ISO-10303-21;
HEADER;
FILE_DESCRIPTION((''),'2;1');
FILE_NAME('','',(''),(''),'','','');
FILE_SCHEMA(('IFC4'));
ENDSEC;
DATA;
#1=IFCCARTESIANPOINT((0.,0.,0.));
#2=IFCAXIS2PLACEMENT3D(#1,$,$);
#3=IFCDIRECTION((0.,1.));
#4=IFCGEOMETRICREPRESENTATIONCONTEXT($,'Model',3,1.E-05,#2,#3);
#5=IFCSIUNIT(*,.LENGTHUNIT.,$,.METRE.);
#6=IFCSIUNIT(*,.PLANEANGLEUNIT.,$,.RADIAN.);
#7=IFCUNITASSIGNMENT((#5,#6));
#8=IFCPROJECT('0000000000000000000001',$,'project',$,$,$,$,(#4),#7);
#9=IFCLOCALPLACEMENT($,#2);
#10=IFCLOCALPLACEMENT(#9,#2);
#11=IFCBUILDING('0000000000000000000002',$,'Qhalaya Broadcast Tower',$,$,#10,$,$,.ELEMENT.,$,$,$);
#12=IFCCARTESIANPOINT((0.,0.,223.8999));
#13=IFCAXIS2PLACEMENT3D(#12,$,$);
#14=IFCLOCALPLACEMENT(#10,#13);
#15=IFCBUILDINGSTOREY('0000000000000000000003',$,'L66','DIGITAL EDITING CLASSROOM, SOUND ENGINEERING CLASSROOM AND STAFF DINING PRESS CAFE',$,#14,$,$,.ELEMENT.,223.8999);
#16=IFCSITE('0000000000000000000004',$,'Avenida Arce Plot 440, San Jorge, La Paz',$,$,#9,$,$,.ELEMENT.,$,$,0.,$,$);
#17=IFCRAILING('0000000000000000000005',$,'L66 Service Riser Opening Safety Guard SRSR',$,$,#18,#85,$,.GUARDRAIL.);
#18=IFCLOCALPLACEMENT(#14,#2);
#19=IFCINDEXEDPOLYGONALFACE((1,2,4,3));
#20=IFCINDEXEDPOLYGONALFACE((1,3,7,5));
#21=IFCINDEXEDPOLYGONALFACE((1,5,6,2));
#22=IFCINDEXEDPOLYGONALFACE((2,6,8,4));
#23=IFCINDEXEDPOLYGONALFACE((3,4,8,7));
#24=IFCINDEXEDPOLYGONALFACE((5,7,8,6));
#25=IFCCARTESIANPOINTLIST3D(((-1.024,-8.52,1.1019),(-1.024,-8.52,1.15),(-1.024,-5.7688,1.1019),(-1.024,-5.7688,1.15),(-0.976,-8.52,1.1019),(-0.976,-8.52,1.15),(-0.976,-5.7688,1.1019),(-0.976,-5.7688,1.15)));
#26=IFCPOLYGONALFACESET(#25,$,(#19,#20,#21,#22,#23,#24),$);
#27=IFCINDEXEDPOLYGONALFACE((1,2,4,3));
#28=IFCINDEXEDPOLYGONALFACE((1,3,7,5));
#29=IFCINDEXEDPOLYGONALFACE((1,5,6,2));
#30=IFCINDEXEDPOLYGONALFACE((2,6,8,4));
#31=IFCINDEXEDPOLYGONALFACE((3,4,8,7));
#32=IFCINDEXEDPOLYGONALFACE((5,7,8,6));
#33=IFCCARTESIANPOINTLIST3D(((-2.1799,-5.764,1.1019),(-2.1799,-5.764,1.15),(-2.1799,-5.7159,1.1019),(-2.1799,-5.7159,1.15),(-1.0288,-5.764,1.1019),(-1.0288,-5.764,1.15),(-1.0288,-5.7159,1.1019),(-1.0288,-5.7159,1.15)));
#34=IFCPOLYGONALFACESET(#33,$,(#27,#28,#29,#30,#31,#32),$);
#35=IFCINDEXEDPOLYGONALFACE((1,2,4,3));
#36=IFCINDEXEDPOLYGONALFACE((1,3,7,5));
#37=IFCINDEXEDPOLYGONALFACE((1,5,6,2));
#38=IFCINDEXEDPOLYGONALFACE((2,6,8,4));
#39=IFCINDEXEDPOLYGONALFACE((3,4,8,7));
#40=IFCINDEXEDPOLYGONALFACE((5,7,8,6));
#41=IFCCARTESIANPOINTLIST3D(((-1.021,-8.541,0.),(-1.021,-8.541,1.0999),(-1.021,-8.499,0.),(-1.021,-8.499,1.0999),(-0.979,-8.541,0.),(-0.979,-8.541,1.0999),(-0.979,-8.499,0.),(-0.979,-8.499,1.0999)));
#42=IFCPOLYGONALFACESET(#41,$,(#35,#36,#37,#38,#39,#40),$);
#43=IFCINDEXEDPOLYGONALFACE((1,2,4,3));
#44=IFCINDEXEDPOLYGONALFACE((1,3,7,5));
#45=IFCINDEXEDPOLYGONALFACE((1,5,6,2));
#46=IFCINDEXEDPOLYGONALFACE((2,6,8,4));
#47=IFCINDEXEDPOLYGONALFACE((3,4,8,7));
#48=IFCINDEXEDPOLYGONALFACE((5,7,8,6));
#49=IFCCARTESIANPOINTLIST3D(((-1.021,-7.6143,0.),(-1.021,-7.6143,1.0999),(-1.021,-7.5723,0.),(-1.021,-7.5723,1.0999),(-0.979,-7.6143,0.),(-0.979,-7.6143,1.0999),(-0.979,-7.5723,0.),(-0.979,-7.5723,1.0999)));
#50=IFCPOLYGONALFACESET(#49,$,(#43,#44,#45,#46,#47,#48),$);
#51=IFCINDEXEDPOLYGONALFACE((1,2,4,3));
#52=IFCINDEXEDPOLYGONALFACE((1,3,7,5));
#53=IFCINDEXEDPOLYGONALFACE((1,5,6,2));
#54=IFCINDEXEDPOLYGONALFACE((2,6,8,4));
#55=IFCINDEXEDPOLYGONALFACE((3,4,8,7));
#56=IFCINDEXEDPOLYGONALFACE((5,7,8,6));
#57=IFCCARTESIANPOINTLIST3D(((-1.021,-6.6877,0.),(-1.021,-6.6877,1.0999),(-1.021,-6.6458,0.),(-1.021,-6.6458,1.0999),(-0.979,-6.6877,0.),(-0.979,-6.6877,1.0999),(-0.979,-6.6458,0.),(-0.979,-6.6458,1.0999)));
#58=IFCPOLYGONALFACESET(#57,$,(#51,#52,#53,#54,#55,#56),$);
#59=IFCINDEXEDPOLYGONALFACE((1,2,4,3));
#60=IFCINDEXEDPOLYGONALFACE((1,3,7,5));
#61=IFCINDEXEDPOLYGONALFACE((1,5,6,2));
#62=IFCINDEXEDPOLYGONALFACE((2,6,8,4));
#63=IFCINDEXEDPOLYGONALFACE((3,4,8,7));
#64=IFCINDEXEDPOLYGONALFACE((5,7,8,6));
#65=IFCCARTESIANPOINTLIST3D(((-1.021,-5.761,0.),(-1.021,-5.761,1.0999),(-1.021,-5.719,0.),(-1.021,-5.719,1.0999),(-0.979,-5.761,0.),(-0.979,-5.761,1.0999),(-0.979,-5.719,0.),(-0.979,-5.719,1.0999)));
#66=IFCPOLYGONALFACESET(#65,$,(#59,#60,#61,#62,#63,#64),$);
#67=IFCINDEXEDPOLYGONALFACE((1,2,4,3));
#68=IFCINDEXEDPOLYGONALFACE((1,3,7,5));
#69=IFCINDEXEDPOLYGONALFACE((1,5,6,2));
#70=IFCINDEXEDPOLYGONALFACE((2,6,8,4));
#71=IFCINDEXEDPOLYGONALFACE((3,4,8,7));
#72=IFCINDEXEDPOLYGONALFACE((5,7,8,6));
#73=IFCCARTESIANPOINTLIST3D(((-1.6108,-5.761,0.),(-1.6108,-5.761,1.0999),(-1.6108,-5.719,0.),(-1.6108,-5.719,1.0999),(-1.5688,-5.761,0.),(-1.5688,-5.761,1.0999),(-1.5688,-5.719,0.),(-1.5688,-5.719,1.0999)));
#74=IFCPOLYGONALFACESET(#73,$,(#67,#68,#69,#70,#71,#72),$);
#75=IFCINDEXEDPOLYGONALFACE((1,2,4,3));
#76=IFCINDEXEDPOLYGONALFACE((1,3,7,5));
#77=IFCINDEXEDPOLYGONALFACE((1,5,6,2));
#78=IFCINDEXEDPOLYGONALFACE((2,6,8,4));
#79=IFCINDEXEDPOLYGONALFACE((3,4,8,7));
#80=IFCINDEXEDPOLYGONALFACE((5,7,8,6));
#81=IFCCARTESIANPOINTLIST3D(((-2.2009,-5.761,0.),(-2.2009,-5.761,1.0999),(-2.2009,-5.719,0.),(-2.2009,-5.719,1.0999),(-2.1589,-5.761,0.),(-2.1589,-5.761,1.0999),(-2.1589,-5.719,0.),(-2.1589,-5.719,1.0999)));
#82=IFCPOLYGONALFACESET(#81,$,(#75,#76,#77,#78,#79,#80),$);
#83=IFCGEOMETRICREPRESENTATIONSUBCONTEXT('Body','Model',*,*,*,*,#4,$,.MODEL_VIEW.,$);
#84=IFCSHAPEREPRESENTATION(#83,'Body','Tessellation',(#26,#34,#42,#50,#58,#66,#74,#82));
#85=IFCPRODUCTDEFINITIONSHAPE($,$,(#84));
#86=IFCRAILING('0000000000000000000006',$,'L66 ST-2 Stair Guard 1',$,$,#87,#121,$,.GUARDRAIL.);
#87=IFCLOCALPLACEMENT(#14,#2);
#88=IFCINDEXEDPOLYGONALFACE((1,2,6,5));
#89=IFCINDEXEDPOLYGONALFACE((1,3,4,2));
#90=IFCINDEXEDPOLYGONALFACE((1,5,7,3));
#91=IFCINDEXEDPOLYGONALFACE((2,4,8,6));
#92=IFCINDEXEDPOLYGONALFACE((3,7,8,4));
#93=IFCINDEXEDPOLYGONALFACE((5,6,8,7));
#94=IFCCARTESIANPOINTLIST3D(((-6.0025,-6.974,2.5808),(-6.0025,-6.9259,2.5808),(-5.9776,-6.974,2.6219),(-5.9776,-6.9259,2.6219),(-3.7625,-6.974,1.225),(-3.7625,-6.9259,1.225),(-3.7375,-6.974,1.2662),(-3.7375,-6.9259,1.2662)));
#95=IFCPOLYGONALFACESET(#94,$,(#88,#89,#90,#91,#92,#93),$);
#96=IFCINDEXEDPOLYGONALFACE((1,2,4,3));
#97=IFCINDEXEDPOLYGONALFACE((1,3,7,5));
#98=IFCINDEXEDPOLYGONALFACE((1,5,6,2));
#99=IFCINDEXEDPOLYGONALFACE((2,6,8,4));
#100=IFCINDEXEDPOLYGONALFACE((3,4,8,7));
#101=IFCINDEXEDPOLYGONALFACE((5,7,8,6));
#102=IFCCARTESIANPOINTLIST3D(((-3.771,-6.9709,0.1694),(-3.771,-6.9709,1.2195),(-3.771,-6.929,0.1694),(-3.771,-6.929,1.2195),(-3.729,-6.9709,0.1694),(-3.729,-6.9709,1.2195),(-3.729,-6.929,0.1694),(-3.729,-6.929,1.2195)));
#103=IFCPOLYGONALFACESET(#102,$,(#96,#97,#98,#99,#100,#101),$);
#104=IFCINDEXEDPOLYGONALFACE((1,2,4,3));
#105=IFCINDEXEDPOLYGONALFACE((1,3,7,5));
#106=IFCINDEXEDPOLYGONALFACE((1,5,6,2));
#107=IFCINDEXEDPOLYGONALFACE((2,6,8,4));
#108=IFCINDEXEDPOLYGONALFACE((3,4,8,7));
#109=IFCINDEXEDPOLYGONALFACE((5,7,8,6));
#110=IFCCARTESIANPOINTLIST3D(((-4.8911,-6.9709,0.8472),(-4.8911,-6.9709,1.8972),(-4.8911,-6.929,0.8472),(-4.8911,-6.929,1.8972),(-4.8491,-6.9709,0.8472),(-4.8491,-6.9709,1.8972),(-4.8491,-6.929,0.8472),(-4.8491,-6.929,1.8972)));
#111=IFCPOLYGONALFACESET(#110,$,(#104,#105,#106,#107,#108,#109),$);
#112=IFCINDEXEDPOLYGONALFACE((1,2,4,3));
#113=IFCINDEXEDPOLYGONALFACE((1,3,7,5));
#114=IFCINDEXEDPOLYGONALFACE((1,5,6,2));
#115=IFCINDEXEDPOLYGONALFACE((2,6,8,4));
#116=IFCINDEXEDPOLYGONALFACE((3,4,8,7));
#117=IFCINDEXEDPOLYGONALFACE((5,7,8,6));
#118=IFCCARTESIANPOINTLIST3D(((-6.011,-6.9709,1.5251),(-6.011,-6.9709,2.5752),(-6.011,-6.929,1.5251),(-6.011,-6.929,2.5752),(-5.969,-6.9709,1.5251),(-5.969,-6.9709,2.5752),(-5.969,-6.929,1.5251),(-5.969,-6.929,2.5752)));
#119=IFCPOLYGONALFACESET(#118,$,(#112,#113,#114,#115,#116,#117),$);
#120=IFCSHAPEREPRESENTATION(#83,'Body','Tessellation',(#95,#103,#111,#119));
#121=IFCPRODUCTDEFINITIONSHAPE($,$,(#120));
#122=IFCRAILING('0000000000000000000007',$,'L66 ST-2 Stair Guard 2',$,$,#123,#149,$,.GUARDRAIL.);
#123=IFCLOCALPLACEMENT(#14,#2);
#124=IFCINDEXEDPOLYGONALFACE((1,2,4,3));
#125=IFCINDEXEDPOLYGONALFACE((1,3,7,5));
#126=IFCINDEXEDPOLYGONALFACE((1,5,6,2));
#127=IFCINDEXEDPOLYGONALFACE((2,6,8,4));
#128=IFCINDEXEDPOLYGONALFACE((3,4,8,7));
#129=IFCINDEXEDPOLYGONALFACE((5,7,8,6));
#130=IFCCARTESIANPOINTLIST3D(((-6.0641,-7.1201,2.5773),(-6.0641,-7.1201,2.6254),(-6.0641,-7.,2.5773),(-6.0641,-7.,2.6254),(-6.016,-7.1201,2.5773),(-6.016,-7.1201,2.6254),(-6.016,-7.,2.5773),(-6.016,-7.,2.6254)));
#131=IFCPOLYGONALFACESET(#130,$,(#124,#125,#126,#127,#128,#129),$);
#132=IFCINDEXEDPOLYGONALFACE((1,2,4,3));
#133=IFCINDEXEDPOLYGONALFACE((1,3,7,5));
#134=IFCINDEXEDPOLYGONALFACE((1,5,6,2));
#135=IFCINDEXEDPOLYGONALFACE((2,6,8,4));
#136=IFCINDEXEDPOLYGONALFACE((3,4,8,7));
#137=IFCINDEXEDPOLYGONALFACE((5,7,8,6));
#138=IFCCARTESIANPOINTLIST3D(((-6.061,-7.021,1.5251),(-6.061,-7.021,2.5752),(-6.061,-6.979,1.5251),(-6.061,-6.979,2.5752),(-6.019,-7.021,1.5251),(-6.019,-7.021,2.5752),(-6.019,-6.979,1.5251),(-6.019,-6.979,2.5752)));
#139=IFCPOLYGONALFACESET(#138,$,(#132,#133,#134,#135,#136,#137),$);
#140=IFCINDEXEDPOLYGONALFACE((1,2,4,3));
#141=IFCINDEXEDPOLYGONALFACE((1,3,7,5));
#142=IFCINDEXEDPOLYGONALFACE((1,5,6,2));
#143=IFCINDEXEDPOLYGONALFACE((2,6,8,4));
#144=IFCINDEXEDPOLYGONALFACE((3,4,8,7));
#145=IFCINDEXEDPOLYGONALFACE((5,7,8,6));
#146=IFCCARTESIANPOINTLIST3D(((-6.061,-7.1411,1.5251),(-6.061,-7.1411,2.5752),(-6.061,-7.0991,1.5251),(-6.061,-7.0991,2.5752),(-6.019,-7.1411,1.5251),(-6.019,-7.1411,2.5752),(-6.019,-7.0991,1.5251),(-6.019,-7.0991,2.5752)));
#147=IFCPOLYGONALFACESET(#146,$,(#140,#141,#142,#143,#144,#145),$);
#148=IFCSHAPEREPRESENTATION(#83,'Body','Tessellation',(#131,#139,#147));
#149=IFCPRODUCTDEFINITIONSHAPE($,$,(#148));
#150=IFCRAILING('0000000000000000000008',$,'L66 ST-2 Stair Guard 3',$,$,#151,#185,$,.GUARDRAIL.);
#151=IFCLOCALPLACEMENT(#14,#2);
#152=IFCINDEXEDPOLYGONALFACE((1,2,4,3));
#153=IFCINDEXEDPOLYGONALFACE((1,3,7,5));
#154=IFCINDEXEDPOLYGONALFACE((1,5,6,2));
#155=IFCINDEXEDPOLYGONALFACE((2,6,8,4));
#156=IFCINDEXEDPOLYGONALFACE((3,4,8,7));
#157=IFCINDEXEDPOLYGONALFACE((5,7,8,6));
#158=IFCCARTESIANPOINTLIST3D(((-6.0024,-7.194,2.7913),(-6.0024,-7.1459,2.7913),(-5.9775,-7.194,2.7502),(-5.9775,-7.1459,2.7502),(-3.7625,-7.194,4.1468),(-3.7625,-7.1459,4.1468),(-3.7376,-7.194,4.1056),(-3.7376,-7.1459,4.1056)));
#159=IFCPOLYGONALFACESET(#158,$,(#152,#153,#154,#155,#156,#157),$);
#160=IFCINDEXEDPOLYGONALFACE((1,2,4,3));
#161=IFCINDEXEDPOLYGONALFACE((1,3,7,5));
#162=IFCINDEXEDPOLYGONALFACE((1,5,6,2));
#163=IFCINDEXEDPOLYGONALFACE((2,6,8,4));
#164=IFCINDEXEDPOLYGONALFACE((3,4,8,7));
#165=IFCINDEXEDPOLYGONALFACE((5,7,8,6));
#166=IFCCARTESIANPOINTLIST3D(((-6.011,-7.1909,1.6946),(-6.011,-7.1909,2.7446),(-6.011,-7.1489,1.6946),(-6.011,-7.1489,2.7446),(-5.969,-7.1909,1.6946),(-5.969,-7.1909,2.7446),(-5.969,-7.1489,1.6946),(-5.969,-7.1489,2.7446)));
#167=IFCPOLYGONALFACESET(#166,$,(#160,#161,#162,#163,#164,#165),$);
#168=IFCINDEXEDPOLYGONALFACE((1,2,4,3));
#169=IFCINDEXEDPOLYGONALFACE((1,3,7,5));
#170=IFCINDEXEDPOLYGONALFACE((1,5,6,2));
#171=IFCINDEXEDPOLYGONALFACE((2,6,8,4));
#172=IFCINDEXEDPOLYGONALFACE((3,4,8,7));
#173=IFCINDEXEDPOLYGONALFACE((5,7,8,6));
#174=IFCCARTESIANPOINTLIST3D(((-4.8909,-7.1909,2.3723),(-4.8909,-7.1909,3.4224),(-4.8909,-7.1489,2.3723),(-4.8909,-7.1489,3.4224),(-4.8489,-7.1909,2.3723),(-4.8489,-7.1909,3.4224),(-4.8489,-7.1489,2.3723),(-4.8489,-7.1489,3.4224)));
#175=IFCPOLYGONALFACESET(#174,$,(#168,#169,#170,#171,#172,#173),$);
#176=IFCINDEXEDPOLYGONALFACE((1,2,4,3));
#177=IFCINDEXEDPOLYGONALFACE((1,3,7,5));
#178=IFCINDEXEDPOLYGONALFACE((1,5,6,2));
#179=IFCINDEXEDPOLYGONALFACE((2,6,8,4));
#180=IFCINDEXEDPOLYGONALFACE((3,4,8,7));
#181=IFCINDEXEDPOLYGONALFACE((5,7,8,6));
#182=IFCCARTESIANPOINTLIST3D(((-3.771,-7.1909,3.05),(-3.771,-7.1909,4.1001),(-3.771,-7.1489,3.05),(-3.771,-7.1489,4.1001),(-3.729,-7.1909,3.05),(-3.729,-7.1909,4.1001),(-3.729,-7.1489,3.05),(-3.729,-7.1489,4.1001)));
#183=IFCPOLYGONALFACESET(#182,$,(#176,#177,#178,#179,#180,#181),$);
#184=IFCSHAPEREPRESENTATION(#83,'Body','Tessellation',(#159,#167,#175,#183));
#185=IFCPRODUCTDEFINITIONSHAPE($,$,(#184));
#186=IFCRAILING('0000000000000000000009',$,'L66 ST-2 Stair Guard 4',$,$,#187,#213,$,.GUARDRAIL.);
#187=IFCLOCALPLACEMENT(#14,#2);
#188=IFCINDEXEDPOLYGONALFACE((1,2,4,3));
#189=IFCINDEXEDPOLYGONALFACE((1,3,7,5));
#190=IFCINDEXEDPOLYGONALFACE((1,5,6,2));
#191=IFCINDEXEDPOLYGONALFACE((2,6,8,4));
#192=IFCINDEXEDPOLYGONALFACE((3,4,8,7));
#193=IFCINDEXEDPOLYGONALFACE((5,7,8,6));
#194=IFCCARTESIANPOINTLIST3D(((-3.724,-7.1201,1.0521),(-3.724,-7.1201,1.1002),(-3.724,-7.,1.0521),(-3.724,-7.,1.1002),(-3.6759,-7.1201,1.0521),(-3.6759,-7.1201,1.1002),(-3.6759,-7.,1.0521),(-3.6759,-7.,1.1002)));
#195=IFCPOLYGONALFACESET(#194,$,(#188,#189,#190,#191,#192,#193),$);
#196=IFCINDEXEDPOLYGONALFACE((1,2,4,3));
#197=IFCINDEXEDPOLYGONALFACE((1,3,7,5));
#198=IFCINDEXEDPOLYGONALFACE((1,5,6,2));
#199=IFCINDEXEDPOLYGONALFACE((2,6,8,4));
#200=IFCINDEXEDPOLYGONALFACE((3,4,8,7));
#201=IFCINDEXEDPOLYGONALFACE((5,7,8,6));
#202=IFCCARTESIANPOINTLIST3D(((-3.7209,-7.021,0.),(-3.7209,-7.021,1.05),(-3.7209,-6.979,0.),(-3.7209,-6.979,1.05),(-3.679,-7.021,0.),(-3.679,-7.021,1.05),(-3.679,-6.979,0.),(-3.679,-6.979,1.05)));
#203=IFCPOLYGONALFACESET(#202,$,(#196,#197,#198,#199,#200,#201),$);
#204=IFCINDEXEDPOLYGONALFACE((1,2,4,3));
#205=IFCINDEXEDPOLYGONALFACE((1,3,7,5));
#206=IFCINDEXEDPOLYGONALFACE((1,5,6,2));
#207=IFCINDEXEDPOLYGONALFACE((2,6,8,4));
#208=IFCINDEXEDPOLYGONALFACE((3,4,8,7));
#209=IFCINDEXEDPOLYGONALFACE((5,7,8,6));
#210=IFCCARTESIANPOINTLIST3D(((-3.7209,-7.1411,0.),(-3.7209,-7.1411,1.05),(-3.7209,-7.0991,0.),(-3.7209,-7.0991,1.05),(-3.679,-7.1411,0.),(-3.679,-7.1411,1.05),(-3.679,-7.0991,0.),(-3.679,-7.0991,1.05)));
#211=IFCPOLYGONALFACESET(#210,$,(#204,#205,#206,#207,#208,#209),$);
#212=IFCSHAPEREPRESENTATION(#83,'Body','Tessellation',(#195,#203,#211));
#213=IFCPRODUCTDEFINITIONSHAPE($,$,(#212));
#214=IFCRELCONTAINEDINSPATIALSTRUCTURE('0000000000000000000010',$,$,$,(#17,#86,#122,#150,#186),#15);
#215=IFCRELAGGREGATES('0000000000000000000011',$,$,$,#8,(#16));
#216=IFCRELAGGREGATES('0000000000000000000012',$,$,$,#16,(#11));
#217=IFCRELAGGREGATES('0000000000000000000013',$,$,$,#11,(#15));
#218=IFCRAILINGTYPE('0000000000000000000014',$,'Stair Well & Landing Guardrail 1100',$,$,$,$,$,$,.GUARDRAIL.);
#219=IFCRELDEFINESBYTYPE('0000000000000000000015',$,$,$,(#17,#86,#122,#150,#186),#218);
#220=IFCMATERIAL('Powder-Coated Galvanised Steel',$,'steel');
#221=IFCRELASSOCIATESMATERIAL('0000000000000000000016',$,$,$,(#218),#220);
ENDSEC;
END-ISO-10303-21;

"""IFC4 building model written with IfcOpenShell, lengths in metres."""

from ifc_helpers import new_model, si_unit, direction, frame, origin, origin_2d, place, context, subcontext, project, spatial, rectangle, extrude, material, type_object, element, save


model = new_model("IFC4")

# Units and contexts
model_context = context("Model", 3, precision=1e-05, world=origin(), true_north=direction((0.0, 1.0)))
body_context = subcontext(model_context, "Body", "Model", "MODEL_VIEW")
ifc_project = project(units=[si_unit("LENGTHUNIT", "METRE"), si_unit("PLANEANGLEUNIT", "RADIAN")], contexts=[model_context])

# Site, building, storey
site_placement = place(None, origin())
site = spatial("IfcSite", under=ifc_project, at=site_placement, Name="Avenida Arce Plot 440, San Jorge, La Paz", CompositionType="ELEMENT", RefElevation=0.0)
building_placement = place(site_placement, origin())
building = spatial("IfcBuilding", under=site, at=building_placement, Name="Qhalaya Broadcast Tower", CompositionType="ELEMENT")
storey_placement = place(building_placement, frame((0.0, 0.0, 223.8999)))
storey = spatial("IfcBuildingStorey", under=building, at=storey_placement, Name="L66", Description="DIGITAL EDITING CLASSROOM, SOUND ENGINEERING CLASSROOM AND STAFF DINING PRESS CAFE", CompositionType="ELEMENT", Elevation=223.8999)

# Railings
ifc_material_1 = material(Name="Powder-Coated Galvanised Steel", Category="steel")
railing_type_1 = type_object("IfcRailingType", Name="Stair Well & Landing Guardrail 1100", PredefinedType="GUARDRAIL", material=ifc_material_1)
railing_1_placement = place(storey_placement, frame((-1.0, -8.52, 0.0)))
element("IfcRailing", 1, at=railing_1_placement, inside=storey, type_object=railing_type_1, Name="L66 Service Riser Opening Safety Guard SRSR", PredefinedType="GUARDRAIL", context=body_context, shape_type="SweptSolid", body=[
    extrude(rectangle(XDim=0.0481, YDim=0.0481, at=origin_2d()), frame((0.0, 0.0, 1.126), z_axis=(0.0, 1.0, 0.0), x_axis=(-1.0, 0.0, 0.0)), (0.0, 0.0, 1.0), 2.7512),
    extrude(rectangle(XDim=0.0481, YDim=0.0481, at=origin_2d()), frame((-0.0288, 2.78, 1.126), z_axis=(-1.0, 0.0, 0.0), x_axis=(0.0, -1.0, 0.0)), (0.0, 0.0, 1.0), 1.1511),
    extrude(rectangle(XDim=0.042, YDim=0.042, at=origin_2d()), origin(), (0.0, 0.0, 1.0), 1.0999),
    extrude(rectangle(XDim=0.042, YDim=0.042, at=origin_2d()), frame((0.0, 0.9268, 0.0)), (0.0, 0.0, 1.0), 1.0999),
    extrude(rectangle(XDim=0.042, YDim=0.042, at=origin_2d()), frame((0.0, 1.8533, 0.0)), (0.0, 0.0, 1.0), 1.0999),
    extrude(rectangle(XDim=0.042, YDim=0.042, at=origin_2d()), frame((0.0, 2.78, 0.0)), (0.0, 0.0, 1.0), 1.0999),
    extrude(rectangle(XDim=0.042, YDim=0.042, at=origin_2d()), frame((-0.5898, 2.78, 0.0)), (0.0, 0.0, 1.0), 1.0999),
    extrude(rectangle(XDim=0.042, YDim=0.042, at=origin_2d()), frame((-1.1799, 2.78, 0.0)), (0.0, 0.0, 1.0), 1.0999),
])
railing_2_placement = place(storey_placement, frame((-3.75, -6.95, 0.1694)))
element("IfcRailing", 2, at=railing_2_placement, inside=storey, type_object=railing_type_1, Name="L66 ST-2 Stair Guard 1", PredefinedType="GUARDRAIL", context=body_context, shape_type="SweptSolid", body=[
    extrude(rectangle(XDim=0.0481, YDim=0.0481, at=origin_2d()), frame((0.0, 0.0, 1.0762), z_axis=(-0.855512, 0.0, 0.517783), x_axis=(0.0, -1.0, 0.0)), (0.0, 0.0, 1.0), 2.6184),
    extrude(rectangle(XDim=0.042, YDim=0.042, at=origin_2d()), origin(), (0.0, 0.0, 1.0), 1.05),
    extrude(rectangle(XDim=0.042, YDim=0.042, at=origin_2d()), frame((-1.1201, 0.0, 0.6777)), (0.0, 0.0, 1.0), 1.05),
    extrude(rectangle(XDim=0.042, YDim=0.042, at=origin_2d()), frame((-2.24, 0.0, 1.3557)), (0.0, 0.0, 1.0), 1.05),
])
railing_3_placement = place(storey_placement, frame((-6.04, -7.0, 1.5251)))
element("IfcRailing", 3, at=railing_3_placement, inside=storey, type_object=railing_type_1, Name="L66 ST-2 Stair Guard 2", PredefinedType="GUARDRAIL", context=body_context, shape_type="SweptSolid", body=[
    extrude(rectangle(XDim=0.0481, YDim=0.0481, at=origin_2d()), frame((0.0, 0.0, 1.0762), z_axis=(0.0, -1.0, 0.0), x_axis=(1.0, 0.0, 0.0)), (0.0, 0.0, 1.0), 0.1201),
    extrude(rectangle(XDim=0.042, YDim=0.042, at=origin_2d()), origin(), (0.0, 0.0, 1.0), 1.05),
    extrude(rectangle(XDim=0.042, YDim=0.042, at=origin_2d()), frame((0.0, -0.1201, 0.0)), (0.0, 0.0, 1.0), 1.05),
])
railing_4_placement = place(storey_placement, frame((-5.99, -7.1699, 1.6946)))
element("IfcRailing", 4, at=railing_4_placement, inside=storey, type_object=railing_type_1, Name="L66 ST-2 Stair Guard 3", PredefinedType="GUARDRAIL", context=body_context, shape_type="SweptSolid", body=[
    extrude(rectangle(XDim=0.0481, YDim=0.0481, at=origin_2d()), frame((0.0, 0.0, 1.0762), z_axis=(0.855553, 0.0, 0.517715), x_axis=(0.0, 1.0, 0.0)), (0.0, 0.0, 1.0), 2.6182),
    extrude(rectangle(XDim=0.042, YDim=0.042, at=origin_2d()), origin(), (0.0, 0.0, 1.0), 1.05),
    extrude(rectangle(XDim=0.042, YDim=0.042, at=origin_2d()), frame((1.1201, 0.0, 0.6777)), (0.0, 0.0, 1.0), 1.05),
    extrude(rectangle(XDim=0.042, YDim=0.042, at=origin_2d()), frame((2.24, 0.0, 1.3555)), (0.0, 0.0, 1.0), 1.05),
])
railing_5_placement = place(storey_placement, frame((-3.7, -7.0, 0.0)))
element("IfcRailing", 5, at=railing_5_placement, inside=storey, type_object=railing_type_1, Name="L66 ST-2 Stair Guard 4", PredefinedType="GUARDRAIL", context=body_context, shape_type="SweptSolid", body=[
    extrude(rectangle(XDim=0.0481, YDim=0.0481, at=origin_2d()), frame((0.0, 0.0, 1.0762), z_axis=(0.0, -1.0, 0.0), x_axis=(1.0, 0.0, 0.0)), (0.0, 0.0, 1.0), 0.1201),
    extrude(rectangle(XDim=0.042, YDim=0.042, at=origin_2d()), origin(), (0.0, 0.0, 1.0), 1.05),
    extrude(rectangle(XDim=0.042, YDim=0.042, at=origin_2d()), frame((0.0, -0.1201, 0.0)), (0.0, 0.0, 1.0), 1.05),
])

save(model, "model.ifc")
